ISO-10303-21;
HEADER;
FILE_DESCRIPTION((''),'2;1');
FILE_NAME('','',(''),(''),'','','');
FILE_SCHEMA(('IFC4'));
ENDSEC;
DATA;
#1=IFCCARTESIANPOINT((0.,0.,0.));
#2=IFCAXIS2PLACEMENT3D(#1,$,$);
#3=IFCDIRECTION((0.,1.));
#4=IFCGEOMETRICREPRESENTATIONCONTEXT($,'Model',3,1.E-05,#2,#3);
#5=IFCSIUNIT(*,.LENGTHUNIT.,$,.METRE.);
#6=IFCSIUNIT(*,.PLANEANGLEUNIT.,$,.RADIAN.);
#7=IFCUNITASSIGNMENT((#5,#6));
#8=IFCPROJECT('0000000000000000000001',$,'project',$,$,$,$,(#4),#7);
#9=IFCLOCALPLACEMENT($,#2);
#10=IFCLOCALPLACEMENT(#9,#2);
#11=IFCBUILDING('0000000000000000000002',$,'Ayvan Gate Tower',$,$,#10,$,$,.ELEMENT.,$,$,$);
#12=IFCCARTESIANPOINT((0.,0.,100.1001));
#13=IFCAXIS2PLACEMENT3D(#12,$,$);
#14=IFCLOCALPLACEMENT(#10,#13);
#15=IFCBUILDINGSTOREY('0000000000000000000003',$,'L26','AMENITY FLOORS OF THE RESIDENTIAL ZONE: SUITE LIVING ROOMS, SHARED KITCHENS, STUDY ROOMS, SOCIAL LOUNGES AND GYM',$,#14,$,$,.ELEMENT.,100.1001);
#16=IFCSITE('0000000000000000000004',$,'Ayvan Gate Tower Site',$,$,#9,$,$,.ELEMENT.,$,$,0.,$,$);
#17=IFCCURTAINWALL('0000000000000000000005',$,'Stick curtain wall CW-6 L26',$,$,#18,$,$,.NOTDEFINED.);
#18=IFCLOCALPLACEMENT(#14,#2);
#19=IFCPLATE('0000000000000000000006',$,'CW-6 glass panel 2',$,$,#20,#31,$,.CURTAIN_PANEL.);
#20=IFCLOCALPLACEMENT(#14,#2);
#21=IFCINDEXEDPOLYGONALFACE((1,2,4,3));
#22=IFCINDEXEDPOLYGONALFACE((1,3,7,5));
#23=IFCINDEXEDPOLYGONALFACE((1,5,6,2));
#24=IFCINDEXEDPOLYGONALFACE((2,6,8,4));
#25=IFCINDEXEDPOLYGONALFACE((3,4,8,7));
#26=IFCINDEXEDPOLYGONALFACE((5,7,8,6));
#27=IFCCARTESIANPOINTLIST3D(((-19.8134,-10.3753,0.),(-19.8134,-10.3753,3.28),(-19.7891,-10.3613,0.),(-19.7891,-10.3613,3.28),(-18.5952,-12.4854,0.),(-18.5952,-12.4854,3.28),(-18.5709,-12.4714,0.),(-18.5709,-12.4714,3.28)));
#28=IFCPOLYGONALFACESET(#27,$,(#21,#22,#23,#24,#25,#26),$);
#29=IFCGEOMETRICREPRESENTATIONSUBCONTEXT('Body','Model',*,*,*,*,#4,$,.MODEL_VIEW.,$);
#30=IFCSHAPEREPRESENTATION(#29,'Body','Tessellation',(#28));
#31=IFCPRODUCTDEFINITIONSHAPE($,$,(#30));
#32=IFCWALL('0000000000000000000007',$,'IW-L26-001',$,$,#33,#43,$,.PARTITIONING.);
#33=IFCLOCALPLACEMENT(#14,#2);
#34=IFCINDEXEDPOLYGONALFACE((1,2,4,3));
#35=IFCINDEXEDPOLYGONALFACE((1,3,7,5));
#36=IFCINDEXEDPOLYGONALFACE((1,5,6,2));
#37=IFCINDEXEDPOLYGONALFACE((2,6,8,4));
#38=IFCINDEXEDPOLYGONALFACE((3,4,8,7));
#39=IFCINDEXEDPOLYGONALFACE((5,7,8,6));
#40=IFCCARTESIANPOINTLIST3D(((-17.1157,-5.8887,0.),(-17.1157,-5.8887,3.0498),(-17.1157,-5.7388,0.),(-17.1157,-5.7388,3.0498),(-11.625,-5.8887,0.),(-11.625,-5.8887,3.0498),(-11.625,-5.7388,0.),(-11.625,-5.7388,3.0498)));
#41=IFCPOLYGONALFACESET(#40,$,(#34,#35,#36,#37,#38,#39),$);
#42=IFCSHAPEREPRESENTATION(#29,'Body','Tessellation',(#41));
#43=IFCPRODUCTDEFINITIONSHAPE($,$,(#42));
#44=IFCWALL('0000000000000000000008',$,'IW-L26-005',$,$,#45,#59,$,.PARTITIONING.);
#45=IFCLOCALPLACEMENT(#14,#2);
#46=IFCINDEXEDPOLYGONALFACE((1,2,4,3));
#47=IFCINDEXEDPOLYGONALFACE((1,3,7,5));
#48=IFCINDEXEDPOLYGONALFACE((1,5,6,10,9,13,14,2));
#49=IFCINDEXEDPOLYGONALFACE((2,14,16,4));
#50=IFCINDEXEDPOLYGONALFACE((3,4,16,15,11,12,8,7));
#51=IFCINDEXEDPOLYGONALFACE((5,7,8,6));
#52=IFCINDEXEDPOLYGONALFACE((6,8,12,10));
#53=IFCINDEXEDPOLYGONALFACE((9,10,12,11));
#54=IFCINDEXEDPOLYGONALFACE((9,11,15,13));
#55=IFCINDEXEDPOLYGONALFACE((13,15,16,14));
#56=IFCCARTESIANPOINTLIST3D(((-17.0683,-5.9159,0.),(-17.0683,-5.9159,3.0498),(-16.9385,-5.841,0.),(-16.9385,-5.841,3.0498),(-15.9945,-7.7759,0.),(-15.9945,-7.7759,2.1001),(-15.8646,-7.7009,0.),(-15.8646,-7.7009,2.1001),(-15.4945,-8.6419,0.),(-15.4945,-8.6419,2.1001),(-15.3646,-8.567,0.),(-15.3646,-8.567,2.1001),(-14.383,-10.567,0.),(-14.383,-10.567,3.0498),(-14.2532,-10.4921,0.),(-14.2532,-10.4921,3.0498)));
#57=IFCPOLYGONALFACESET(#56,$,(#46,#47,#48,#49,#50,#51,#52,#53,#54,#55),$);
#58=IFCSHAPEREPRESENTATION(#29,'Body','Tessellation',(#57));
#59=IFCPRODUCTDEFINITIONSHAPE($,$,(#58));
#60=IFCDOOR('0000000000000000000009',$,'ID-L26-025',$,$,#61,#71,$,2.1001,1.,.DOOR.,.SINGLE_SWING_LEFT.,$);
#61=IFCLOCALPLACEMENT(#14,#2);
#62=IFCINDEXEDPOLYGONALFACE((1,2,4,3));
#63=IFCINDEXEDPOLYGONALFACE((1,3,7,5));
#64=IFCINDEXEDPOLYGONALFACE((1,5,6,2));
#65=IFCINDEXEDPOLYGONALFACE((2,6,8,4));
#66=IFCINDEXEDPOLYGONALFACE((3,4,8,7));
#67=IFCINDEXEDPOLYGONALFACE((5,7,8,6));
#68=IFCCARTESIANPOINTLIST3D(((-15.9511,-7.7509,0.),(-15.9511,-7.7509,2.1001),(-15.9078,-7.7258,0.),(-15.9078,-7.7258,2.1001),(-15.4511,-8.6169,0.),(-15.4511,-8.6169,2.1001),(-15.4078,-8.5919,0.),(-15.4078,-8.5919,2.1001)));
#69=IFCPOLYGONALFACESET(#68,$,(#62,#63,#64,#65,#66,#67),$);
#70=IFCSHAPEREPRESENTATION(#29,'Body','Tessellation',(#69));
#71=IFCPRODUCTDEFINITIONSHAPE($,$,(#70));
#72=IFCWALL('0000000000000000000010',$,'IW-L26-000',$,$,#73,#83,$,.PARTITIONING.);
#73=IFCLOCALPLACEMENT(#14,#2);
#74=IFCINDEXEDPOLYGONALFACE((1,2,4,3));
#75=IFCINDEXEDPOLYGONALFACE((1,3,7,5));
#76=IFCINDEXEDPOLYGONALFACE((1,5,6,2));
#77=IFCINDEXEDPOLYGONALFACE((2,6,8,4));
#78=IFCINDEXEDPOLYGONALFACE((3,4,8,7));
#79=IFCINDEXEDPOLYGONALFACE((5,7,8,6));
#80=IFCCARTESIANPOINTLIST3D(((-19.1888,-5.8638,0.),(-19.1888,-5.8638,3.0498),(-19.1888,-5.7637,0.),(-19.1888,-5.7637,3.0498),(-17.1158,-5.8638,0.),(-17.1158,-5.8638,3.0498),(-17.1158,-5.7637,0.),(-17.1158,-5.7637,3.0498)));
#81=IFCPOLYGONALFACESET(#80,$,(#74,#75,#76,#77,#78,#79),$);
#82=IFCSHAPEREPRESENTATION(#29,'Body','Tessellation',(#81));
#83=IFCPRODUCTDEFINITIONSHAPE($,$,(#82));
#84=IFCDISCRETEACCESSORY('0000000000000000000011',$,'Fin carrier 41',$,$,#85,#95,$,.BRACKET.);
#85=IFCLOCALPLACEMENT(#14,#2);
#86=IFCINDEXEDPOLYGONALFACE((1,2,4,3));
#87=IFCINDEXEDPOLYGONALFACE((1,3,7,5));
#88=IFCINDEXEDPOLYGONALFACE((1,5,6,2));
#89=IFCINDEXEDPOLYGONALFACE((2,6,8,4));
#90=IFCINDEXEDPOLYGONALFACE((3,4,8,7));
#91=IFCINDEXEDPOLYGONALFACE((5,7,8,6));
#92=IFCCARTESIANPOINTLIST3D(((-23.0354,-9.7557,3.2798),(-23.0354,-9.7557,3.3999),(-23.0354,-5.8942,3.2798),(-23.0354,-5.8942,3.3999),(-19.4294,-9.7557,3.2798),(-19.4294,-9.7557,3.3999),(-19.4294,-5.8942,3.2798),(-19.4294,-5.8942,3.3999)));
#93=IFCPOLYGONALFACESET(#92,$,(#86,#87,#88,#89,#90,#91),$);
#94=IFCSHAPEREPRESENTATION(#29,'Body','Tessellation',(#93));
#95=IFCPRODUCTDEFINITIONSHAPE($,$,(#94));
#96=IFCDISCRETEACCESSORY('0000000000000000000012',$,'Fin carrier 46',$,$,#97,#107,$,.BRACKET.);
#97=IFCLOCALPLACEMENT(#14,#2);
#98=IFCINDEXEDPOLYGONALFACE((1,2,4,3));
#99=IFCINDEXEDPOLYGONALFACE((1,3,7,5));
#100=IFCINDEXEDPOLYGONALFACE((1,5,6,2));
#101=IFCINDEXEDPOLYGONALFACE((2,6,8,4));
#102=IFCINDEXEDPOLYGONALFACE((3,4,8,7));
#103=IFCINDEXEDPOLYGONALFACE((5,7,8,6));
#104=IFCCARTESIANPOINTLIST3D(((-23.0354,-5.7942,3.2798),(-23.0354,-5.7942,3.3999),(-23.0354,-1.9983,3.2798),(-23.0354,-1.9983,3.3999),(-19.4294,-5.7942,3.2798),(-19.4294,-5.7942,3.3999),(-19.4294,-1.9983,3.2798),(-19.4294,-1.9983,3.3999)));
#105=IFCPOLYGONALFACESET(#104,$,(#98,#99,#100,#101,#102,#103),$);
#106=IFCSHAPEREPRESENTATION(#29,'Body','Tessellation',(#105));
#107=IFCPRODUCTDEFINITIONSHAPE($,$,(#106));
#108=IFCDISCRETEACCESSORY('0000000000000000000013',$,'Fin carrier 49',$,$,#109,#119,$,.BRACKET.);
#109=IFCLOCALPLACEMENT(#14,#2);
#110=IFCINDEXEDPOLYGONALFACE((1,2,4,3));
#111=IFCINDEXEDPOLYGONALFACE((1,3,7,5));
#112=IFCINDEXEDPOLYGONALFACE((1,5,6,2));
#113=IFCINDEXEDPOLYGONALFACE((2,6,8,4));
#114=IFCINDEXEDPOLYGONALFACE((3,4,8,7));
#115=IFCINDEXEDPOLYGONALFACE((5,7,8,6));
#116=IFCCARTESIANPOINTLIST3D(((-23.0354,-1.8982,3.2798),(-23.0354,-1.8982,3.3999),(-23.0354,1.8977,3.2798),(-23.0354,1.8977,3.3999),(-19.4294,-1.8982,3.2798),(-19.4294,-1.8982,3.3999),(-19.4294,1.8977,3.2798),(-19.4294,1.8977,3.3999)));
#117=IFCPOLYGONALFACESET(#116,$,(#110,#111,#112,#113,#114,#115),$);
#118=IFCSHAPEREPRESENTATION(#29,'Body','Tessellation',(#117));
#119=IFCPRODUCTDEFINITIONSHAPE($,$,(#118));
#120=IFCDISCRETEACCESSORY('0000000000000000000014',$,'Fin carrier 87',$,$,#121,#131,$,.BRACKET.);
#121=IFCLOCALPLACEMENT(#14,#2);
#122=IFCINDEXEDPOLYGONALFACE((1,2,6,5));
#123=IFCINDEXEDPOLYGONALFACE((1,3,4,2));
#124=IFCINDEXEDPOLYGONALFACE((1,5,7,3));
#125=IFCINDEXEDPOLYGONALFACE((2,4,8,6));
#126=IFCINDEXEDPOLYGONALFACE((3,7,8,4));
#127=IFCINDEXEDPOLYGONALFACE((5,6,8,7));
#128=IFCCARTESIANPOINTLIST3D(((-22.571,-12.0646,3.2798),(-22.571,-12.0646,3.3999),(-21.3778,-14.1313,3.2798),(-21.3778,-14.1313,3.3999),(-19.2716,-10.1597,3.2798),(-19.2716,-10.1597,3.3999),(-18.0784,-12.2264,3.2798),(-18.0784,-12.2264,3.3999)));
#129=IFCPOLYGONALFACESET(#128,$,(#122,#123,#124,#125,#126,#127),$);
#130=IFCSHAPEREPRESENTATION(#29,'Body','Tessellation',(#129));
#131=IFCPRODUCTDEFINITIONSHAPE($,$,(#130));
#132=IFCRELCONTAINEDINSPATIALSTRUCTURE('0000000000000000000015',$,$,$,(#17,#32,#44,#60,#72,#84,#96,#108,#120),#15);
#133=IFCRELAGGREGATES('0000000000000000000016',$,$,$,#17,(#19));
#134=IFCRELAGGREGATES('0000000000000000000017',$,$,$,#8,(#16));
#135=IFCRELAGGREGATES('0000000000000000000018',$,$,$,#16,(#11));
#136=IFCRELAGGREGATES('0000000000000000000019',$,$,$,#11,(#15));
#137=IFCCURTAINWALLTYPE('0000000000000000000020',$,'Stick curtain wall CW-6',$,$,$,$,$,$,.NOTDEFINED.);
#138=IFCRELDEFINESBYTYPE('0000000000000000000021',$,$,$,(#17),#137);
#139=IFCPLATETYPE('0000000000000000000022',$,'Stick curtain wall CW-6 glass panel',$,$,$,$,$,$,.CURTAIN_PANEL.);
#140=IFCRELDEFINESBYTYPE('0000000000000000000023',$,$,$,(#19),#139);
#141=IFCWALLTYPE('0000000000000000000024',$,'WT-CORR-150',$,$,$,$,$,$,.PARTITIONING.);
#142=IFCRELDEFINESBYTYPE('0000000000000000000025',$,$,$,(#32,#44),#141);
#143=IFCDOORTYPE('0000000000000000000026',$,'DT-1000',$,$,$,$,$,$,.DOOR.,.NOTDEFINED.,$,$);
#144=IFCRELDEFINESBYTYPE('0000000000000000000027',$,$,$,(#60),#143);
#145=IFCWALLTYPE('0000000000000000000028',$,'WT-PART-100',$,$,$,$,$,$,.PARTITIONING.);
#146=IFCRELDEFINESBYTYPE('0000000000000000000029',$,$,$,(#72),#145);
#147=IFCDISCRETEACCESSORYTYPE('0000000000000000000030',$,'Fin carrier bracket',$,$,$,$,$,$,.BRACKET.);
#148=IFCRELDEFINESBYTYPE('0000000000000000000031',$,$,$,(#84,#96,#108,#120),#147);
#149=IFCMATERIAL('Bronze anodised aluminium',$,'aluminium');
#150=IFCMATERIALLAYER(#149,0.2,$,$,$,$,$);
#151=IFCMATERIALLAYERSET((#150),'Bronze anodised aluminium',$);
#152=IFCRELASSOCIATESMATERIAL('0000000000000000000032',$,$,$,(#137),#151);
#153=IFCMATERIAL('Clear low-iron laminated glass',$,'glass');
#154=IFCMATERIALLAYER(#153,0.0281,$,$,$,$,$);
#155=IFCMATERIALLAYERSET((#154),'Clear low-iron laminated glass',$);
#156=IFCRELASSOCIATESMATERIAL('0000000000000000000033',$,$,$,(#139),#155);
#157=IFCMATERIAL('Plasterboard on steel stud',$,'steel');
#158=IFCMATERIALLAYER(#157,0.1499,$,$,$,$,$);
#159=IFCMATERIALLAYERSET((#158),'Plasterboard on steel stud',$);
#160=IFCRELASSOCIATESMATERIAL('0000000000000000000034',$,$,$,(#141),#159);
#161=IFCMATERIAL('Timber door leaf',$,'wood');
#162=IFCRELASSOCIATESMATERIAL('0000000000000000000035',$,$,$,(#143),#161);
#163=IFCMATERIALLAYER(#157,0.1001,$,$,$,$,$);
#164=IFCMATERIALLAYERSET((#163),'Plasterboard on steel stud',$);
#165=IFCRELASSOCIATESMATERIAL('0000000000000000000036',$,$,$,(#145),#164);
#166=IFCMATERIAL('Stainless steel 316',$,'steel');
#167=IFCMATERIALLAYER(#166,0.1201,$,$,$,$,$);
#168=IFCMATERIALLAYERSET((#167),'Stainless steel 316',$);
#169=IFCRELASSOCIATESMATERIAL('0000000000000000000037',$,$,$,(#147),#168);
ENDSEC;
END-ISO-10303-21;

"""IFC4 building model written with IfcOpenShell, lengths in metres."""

from ifc_helpers import new_model, si_unit, direction, frame, frame_2d, origin, origin_2d, place, context, subcontext, project, spatial, rectangle, extrude, material, layer, layer_set, type_object, element, fill, aggregate, save


model = new_model("IFC4")

# Units and contexts
model_context = context("Model", 3, precision=1e-05, world=origin(), true_north=direction((0.0, 1.0)))
body_context = subcontext(model_context, "Body", "Model", "MODEL_VIEW")
ifc_project = project(units=[si_unit("LENGTHUNIT", "METRE"), si_unit("PLANEANGLEUNIT", "RADIAN")], contexts=[model_context])

# Site, building, storey
site_placement = place(None, origin())
site = spatial("IfcSite", under=ifc_project, at=site_placement, Name="Ayvan Gate Tower Site", CompositionType="ELEMENT", RefElevation=0.0)
building_placement = place(site_placement, origin())
building = spatial("IfcBuilding", under=site, at=building_placement, Name="Ayvan Gate Tower", CompositionType="ELEMENT")
storey_placement = place(building_placement, frame((0.0, 0.0, 100.1001)))
storey = spatial("IfcBuildingStorey", under=building, at=storey_placement, Name="L26", Description="AMENITY FLOORS OF THE RESIDENTIAL ZONE: SUITE LIVING ROOMS, SHARED KITCHENS, STUDY ROOMS, SOCIAL LOUNGES AND GYM", CompositionType="ELEMENT", Elevation=100.1001)

# Curtain wall
ifc_material_1 = material(Name="Bronze anodised aluminium", Category="aluminium")
ifc_layer_1 = layer(ifc_material_1, 0.2)
ifc_layer_set_1 = layer_set([ifc_layer_1], Name="Bronze anodised aluminium")
curtain_wall_type_1 = type_object("IfcCurtainWallType", Name="Stick curtain wall CW-6", PredefinedType="NOTDEFINED", material=ifc_layer_set_1)
curtain_wall_1_placement = place(storey_placement, origin())
curtain_wall_1 = element("IfcCurtainWall", 1, at=curtain_wall_1_placement, inside=storey, type_object=curtain_wall_type_1, Name="Stick curtain wall CW-6 L26", PredefinedType="NOTDEFINED")

# Plate
ifc_material_2 = material(Name="Clear low-iron laminated glass", Category="glass")
ifc_layer_2 = layer(ifc_material_2, 0.0281)
ifc_layer_set_2 = layer_set([ifc_layer_2], Name="Clear low-iron laminated glass")
plate_type_1 = type_object("IfcPlateType", Name="Stick curtain wall CW-6 glass panel", PredefinedType="CURTAIN_PANEL", material=ifc_layer_set_2)
plate_1_placement = place(storey_placement, frame((-19.1921, -11.4233, 0.0), z_axis=(0.0, 0.0, 1.0), x_axis=(0.5, -0.866025, 0.0)))
plate_1 = element("IfcPlate", 2, at=plate_1_placement, type_object=plate_type_1, Name="CW-6 glass panel 2", PredefinedType="CURTAIN_PANEL", context=body_context, shape_type="SweptSolid", body=[
    extrude(rectangle(XDim=2.4365, YDim=0.0281, at=origin_2d()), origin(), (0.0, 0.0, 1.0), 3.28),
])
aggregate(curtain_wall_1, [plate_1])

# Wall
ifc_material_3 = material(Name="Plasterboard on steel stud", Category="steel")
ifc_layer_3 = layer(ifc_material_3, 0.1499)
ifc_layer_set_3 = layer_set([ifc_layer_3], Name="Plasterboard on steel stud")
wall_type_1 = type_object("IfcWallType", Name="WT-CORR-150", PredefinedType="PARTITIONING", material=ifc_layer_set_3)
wall_1_placement = place(storey_placement, frame((-17.1157, -5.8137, 0.0), z_axis=(0.0, 0.0, 1.0), x_axis=(1.0, 0.0, 0.0)))
element("IfcWall", 3, at=wall_1_placement, inside=storey, type_object=wall_type_1, Name="IW-L26-001", PredefinedType="PARTITIONING", context=body_context, shape_type="SweptSolid", body=[
    extrude(rectangle(XDim=5.4907, YDim=0.1499, at=frame_2d((2.7454, 0.0))), origin(), (0.0, 0.0, 1.0), 3.0498),
])

# Wall, opening, door
wall_2_placement = place(storey_placement, frame((-14.3181, -10.5295, 0.0), z_axis=(0.0, 0.0, 1.0), x_axis=(-0.499997, 0.866027, 0.0)))
wall_2 = element("IfcWall", 4, at=wall_2_placement, inside=storey, type_object=wall_type_1, Name="IW-L26-005", PredefinedType="PARTITIONING", context=body_context, shape_type="SweptSolid", body=[
    extrude(rectangle(XDim=5.3706, YDim=0.1499, at=frame_2d((2.6853, 0.0))), origin(), (0.0, 0.0, 1.0), 3.0498),
])
opening_placement = place(wall_2_placement, frame((2.2229, 0.0, 0.0)))
opening = element("IfcOpeningElement", 5, at=opening_placement, cuts=wall_2, PredefinedType="OPENING", context=body_context, shape_type="SweptSolid", body=[
    extrude(rectangle(XDim=1.0, YDim=2.1001, at=frame_2d((0.5, 1.05))), frame((0.0, 0.085, 0.0), z_axis=(0.0, -1.0, 0.0), x_axis=(1.0, 0.0, 0.0)), (0.0, 0.0, 1.0), 0.1699),
])
ifc_material_4 = material(Name="Timber door leaf", Category="wood")
door_type = type_object("IfcDoorType", Name="DT-1000", OperationType="NOTDEFINED", PredefinedType="DOOR", material=ifc_material_4)
door_placement = place(opening_placement, origin())
door = element("IfcDoor", 6, at=door_placement, inside=storey, type_object=door_type, Name="ID-L26-025", OperationType="SINGLE_SWING_LEFT", OverallHeight=2.1001, OverallWidth=1.0, PredefinedType="DOOR", context=body_context, shape_type="SweptSolid", body=[
    extrude(rectangle(XDim=1.0, YDim=2.1001, at=frame_2d((0.5, 1.05))), frame((0.0, 0.0249, 0.0), z_axis=(0.0, -1.0, 0.0), x_axis=(1.0, 0.0, 0.0)), (0.0, 0.0, 1.0), 0.05),
])
fill(opening, door)

# Wall
ifc_layer_4 = layer(ifc_material_3, 0.1001)
ifc_layer_set_4 = layer_set([ifc_layer_4], Name="Plasterboard on steel stud")
wall_type_2 = type_object("IfcWallType", Name="WT-PART-100", PredefinedType="PARTITIONING", material=ifc_layer_set_4)
wall_3_placement = place(storey_placement, frame((-17.1157, -5.8137, 0.0), z_axis=(0.0, 0.0, 1.0), x_axis=(-1.0, 0.0, 0.0)))
element("IfcWall", 7, at=wall_3_placement, inside=storey, type_object=wall_type_2, Name="IW-L26-000", PredefinedType="PARTITIONING", context=body_context, shape_type="SweptSolid", body=[
    extrude(rectangle(XDim=2.073, YDim=0.1001, at=frame_2d((1.0366, 0.0))), origin(), (0.0, 0.0, 1.0), 3.0498),
])

# Discrete accessories
ifc_material_5 = material(Name="Stainless steel 316", Category="steel")
ifc_layer_5 = layer(ifc_material_5, 0.1201)
ifc_layer_set_5 = layer_set([ifc_layer_5], Name="Stainless steel 316")
discrete_accessory_type = type_object("IfcDiscreteAccessoryType", Name="Fin carrier bracket", PredefinedType="BRACKET", material=ifc_layer_set_5)
discrete_accessory_1_placement = place(storey_placement, frame((-21.2324, -7.825, 3.2798), z_axis=(0.0, 0.0, 1.0), x_axis=(0.0, -1.0, 0.0)))
element("IfcDiscreteAccessory", 8, at=discrete_accessory_1_placement, inside=storey, type_object=discrete_accessory_type, Name="Fin carrier 41", PredefinedType="BRACKET", context=body_context, shape_type="SweptSolid", body=[
    extrude(rectangle(XDim=3.8616, YDim=3.606, at=origin_2d()), origin(), (0.0, 0.0, 1.0), 0.1201),
])
for number, where, z_axis, x_axis, name in (
    (9, (-21.2324, -3.8962, 3.2798), (0.0, 0.0, 1.0), (0.0, -1.0, 0.0), "Fin carrier 46"),
    (10, (-21.2324, -0.0002, 3.2798), (0.0, 0.0, 1.0), (0.0, -1.0, 0.0), "Fin carrier 49"),
):
    element("IfcDiscreteAccessory", number, at=place(storey_placement, frame(where, z_axis=z_axis, x_axis=x_axis)), inside=storey, type_object=discrete_accessory_type, Name=name, PredefinedType="BRACKET", context=body_context, shape_type="SweptSolid", body=[
        extrude(rectangle(XDim=3.7959, YDim=3.606, at=origin_2d()), origin(), (0.0, 0.0, 1.0), 0.1201),
    ])
discrete_accessory_2_placement = place(storey_placement, frame((-20.3247, -12.1455, 3.2798), z_axis=(0.0, 0.0, 1.0), x_axis=(0.5, -0.866025, 0.0)))
element("IfcDiscreteAccessory", 11, at=discrete_accessory_2_placement, inside=storey, type_object=discrete_accessory_type, Name="Fin carrier 87", PredefinedType="BRACKET", context=body_context, shape_type="SweptSolid", body=[
    extrude(rectangle(XDim=2.3865, YDim=3.8098, at=origin_2d()), origin(), (0.0, 0.0, 1.0), 0.1201),
])

save(model, "model.ifc")
